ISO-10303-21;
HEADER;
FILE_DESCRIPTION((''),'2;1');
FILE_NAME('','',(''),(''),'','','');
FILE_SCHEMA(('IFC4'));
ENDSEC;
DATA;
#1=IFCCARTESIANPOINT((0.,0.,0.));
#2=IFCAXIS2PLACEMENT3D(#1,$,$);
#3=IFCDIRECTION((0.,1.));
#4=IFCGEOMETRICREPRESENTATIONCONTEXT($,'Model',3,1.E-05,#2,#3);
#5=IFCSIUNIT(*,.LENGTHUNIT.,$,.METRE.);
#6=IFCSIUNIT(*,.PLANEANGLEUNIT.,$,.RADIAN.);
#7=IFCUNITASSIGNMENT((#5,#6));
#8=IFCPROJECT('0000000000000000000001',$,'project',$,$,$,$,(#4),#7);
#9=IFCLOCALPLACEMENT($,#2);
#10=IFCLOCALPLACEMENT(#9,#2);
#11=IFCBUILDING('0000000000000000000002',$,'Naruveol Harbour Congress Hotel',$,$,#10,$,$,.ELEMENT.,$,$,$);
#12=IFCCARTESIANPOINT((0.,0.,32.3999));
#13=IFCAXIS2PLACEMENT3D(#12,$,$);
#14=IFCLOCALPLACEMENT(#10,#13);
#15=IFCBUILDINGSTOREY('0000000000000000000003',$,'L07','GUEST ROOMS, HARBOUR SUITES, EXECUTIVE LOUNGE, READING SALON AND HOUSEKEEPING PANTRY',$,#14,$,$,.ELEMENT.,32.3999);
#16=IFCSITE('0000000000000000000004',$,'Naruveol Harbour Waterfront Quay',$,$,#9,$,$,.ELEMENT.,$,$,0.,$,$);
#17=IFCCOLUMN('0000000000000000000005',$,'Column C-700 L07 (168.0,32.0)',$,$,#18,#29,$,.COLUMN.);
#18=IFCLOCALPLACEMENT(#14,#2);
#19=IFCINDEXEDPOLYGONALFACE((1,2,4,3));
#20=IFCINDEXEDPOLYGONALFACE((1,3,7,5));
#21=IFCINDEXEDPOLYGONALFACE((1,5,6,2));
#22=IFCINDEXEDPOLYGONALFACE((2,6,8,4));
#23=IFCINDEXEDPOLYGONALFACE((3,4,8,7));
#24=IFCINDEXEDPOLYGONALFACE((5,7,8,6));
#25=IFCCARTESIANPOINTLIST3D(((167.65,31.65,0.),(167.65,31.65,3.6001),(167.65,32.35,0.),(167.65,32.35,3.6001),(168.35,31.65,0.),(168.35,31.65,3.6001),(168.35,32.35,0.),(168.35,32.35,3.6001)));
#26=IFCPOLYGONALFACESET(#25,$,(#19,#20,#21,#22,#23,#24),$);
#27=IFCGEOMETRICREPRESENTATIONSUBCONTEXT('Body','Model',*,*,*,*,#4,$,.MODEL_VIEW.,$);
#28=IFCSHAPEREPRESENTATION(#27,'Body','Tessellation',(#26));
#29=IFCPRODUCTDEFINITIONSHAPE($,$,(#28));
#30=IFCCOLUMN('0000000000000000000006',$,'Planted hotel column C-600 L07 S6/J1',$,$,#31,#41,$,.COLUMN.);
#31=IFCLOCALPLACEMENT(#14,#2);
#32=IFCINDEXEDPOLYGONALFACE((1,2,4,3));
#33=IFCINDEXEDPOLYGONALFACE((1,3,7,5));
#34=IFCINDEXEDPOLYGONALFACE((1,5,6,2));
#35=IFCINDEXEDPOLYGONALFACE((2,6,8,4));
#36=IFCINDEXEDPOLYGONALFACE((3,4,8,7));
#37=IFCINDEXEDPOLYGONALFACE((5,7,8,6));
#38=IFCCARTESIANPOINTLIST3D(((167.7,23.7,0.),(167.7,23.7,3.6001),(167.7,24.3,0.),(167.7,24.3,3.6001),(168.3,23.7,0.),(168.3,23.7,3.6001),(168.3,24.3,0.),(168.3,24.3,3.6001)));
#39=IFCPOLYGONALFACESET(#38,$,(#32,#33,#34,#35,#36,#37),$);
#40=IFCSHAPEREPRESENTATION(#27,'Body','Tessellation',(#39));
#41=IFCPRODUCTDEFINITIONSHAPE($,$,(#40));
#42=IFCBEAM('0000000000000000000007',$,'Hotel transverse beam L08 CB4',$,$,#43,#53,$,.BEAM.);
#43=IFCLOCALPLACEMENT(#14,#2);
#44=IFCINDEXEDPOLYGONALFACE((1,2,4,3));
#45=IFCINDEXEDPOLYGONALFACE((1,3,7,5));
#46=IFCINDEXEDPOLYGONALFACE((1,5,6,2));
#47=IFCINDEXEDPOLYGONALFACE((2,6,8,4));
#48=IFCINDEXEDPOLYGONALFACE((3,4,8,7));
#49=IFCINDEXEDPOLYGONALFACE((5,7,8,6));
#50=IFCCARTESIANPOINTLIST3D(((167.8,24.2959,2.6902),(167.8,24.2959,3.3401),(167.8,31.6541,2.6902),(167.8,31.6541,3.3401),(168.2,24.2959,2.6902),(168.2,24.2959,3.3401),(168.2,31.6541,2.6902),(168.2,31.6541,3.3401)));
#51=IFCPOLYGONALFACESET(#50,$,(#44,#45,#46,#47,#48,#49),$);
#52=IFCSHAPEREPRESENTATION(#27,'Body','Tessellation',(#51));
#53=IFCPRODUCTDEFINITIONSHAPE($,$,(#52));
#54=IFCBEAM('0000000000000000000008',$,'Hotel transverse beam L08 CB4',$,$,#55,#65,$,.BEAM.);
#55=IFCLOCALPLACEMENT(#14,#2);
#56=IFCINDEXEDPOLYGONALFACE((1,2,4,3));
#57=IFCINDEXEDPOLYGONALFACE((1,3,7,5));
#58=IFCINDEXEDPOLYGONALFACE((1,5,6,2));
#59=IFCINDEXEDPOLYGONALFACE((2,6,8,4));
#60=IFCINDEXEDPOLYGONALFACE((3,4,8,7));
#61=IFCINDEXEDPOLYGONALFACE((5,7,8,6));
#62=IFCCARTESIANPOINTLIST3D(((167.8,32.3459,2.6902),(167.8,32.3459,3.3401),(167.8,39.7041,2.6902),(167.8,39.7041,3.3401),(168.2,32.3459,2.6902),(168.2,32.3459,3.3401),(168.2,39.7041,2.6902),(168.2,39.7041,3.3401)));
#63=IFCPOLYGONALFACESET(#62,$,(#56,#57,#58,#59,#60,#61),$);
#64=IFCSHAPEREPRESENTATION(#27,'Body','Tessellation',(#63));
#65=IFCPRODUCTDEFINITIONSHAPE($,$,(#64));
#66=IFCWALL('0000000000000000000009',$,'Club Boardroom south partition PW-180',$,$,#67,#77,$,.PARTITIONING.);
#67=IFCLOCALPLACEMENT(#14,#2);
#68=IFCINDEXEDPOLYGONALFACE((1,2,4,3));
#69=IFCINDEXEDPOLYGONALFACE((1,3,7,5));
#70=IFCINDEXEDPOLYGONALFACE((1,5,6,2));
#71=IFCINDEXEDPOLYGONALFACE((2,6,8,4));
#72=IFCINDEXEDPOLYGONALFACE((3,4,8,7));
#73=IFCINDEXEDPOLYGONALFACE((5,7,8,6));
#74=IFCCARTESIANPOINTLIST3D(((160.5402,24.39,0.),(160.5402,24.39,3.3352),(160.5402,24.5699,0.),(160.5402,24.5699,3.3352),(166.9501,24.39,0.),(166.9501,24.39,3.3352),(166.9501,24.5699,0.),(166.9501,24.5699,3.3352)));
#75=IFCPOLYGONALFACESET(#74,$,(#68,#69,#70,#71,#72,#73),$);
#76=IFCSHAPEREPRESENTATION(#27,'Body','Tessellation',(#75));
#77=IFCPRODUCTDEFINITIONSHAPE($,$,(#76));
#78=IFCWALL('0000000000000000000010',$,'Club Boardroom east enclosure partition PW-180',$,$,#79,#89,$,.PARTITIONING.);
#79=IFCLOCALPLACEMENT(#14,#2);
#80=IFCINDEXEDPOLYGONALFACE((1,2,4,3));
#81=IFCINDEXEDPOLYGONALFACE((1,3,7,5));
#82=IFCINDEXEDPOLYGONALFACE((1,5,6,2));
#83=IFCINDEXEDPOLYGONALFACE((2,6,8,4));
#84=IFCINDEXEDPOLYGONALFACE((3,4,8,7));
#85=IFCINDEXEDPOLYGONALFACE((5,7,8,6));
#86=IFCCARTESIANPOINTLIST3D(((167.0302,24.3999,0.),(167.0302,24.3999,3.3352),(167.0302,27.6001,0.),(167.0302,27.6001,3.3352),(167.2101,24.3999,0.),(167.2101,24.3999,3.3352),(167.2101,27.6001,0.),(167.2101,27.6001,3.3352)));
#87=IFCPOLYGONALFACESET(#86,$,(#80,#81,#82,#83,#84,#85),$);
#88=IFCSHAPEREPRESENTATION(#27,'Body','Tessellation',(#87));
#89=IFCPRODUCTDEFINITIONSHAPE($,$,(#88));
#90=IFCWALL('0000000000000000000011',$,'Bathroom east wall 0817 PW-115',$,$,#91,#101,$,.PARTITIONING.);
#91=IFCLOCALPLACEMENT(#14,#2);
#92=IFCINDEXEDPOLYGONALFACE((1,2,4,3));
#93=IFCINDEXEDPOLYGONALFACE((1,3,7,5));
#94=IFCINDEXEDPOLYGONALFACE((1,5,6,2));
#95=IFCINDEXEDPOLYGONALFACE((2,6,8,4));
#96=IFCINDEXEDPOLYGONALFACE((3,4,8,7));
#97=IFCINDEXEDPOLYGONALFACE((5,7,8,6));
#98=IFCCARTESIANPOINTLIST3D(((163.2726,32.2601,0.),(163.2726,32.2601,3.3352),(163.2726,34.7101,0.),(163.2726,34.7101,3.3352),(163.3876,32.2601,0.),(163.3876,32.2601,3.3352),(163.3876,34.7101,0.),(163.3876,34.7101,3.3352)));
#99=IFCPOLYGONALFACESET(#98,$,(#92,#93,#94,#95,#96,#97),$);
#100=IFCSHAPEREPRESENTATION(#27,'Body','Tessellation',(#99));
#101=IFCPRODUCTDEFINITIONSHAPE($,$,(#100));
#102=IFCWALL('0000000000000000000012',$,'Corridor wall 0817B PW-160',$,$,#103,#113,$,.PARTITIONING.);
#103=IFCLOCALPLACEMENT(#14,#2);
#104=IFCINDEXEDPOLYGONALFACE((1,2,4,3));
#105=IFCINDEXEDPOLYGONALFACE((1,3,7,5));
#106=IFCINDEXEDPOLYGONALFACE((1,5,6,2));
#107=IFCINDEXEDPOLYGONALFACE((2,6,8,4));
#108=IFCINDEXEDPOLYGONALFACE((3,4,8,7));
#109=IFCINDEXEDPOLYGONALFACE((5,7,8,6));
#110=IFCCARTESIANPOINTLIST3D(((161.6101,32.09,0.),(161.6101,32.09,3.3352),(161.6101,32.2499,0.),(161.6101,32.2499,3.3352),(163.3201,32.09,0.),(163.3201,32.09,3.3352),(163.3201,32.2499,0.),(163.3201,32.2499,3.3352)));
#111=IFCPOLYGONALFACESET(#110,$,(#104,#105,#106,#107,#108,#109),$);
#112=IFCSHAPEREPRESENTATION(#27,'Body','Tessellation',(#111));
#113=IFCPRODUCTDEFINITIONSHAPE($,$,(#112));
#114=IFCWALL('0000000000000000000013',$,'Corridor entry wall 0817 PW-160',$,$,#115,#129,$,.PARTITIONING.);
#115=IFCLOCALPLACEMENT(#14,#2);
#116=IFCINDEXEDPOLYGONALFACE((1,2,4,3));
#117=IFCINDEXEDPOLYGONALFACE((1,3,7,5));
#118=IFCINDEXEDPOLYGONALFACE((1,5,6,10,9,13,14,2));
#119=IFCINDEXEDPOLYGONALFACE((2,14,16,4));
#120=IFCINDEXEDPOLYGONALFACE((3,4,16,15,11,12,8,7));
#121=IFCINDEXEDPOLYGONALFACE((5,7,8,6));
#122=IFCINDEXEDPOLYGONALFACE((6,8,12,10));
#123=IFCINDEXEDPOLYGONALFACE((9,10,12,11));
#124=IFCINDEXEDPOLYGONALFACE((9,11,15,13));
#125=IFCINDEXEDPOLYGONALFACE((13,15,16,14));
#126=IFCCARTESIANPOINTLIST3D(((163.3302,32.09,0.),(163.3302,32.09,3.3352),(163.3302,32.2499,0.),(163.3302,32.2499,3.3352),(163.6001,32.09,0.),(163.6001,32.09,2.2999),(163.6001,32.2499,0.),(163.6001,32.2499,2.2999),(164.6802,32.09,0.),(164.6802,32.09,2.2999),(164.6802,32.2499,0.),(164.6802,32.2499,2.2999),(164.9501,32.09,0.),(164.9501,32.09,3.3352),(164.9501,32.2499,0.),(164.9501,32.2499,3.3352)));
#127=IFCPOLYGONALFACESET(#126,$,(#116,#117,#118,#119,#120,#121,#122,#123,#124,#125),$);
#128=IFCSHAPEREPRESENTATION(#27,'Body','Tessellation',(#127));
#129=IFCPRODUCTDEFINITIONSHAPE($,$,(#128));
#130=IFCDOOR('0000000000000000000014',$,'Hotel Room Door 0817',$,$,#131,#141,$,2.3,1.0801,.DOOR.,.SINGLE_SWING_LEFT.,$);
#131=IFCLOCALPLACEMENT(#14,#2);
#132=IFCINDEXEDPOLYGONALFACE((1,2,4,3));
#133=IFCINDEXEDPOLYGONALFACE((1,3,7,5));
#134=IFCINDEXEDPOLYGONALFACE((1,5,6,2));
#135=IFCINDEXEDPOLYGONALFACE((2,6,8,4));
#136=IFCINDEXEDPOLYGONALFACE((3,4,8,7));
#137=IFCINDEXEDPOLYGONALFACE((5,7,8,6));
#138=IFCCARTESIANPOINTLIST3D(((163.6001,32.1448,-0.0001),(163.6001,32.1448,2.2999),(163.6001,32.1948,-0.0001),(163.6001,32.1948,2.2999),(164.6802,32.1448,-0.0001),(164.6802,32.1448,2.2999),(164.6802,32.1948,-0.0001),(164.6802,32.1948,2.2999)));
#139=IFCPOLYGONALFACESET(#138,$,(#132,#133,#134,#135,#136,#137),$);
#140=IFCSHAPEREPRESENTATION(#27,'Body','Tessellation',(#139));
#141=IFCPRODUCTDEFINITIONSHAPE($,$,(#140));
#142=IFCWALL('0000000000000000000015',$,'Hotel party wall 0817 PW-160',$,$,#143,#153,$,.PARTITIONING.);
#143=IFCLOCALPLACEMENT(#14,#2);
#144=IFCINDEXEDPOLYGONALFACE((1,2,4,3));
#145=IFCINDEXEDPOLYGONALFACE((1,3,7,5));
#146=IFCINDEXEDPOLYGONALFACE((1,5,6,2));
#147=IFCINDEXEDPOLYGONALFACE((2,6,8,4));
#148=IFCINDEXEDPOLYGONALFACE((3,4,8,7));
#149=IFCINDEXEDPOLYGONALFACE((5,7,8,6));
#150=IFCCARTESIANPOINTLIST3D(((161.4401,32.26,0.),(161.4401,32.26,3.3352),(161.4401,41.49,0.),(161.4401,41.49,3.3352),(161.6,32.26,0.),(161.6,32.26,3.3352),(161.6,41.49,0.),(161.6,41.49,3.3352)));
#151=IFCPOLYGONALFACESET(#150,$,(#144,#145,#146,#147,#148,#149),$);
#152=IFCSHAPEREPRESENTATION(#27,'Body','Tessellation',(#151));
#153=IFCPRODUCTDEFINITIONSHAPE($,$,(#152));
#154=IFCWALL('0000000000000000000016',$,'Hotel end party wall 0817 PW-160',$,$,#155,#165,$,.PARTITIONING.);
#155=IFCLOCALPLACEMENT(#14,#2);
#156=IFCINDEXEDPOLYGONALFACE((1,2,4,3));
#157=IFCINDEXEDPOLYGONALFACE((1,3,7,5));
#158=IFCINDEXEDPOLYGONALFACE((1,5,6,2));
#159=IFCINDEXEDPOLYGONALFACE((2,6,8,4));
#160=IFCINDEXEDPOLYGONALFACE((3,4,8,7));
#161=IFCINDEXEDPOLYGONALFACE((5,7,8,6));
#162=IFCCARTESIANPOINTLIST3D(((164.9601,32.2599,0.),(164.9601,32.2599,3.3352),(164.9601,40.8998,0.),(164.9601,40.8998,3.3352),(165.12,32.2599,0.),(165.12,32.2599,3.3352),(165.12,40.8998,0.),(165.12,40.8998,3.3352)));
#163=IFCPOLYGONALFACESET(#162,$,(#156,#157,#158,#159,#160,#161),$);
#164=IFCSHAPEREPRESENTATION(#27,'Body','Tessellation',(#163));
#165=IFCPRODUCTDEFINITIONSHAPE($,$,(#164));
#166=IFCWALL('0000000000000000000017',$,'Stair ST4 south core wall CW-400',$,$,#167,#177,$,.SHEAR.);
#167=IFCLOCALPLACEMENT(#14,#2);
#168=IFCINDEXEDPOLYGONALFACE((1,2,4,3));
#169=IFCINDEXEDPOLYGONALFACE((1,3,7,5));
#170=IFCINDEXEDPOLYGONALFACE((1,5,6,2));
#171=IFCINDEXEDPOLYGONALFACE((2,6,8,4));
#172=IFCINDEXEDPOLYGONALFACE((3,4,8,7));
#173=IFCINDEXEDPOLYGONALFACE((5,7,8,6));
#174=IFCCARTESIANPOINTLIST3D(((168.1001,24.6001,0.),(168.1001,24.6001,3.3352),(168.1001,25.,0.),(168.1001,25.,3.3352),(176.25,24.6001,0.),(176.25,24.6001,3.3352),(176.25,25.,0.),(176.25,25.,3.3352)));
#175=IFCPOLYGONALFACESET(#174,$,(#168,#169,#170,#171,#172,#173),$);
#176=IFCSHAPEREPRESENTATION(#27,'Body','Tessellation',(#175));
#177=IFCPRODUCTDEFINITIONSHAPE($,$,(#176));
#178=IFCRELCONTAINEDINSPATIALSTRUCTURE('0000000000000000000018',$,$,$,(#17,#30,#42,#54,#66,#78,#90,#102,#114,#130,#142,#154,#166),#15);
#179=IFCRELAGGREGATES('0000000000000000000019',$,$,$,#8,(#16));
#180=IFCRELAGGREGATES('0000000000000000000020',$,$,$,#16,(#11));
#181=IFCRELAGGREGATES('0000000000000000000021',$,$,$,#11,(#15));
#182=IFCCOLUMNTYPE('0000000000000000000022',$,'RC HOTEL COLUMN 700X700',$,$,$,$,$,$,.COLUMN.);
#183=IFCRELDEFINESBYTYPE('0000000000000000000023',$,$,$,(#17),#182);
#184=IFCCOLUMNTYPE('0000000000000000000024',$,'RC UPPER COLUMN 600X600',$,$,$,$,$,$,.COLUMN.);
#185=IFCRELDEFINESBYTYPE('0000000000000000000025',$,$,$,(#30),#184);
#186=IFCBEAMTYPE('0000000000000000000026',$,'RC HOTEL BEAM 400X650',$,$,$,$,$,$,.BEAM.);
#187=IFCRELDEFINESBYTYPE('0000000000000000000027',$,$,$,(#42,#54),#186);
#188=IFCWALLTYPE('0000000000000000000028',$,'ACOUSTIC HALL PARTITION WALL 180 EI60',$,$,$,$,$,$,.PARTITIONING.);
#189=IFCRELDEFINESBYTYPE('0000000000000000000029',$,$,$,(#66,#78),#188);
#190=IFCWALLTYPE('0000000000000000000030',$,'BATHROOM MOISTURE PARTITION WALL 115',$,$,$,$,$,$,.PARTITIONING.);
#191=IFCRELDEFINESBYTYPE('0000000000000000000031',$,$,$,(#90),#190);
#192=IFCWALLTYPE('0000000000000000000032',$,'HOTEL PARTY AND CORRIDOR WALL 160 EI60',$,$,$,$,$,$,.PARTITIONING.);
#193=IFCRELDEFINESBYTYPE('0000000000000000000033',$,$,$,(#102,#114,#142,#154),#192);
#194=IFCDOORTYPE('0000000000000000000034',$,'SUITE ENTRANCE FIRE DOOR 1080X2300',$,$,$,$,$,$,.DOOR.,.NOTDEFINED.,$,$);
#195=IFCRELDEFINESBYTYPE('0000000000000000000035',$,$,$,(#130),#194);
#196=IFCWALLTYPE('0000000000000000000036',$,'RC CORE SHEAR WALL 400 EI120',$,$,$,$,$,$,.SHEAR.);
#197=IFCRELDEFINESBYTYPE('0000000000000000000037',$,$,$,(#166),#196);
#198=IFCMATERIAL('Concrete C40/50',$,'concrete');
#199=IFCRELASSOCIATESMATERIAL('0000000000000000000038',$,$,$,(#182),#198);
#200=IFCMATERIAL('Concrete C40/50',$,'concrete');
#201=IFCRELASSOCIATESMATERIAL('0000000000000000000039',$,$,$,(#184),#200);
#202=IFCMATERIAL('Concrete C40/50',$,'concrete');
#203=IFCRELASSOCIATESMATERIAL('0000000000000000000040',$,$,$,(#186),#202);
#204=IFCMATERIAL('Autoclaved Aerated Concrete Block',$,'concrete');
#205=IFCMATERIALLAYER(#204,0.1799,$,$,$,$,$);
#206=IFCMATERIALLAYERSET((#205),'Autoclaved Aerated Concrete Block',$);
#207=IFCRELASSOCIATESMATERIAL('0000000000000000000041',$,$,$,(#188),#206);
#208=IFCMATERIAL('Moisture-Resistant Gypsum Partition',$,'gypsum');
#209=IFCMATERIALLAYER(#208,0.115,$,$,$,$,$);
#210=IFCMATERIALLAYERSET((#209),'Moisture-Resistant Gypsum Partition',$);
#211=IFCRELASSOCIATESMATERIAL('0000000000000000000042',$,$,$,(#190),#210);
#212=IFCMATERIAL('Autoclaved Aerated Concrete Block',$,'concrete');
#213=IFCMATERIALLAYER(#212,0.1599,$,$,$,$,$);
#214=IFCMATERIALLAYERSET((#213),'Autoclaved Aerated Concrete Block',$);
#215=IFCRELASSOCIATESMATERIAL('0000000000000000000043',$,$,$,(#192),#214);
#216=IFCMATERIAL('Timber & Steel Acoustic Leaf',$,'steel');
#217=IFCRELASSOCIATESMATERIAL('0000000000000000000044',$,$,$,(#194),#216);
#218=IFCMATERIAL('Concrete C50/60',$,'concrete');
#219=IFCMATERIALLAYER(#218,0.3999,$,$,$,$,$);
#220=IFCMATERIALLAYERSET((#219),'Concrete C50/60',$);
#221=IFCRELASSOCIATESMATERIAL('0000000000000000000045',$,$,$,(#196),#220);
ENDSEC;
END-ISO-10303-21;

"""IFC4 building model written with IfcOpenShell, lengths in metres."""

from ifc_helpers import new_model, si_unit, direction, frame, frame_2d, origin, origin_2d, place, context, subcontext, project, spatial, rectangle, extrude, material, layer, layer_set, material_profile, profile_set, type_object, element, fill, save


model = new_model("IFC4")

# Units and contexts
model_context = context("Model", 3, precision=1e-05, world=origin(), true_north=direction((0.0, 1.0)))
body_context = subcontext(model_context, "Body", "Model", "MODEL_VIEW")
ifc_project = project(units=[si_unit("LENGTHUNIT", "METRE"), si_unit("PLANEANGLEUNIT", "RADIAN")], contexts=[model_context])

# Site, building, storey
site_placement = place(None, origin())
site = spatial("IfcSite", under=ifc_project, at=site_placement, Name="Naruveol Harbour Waterfront Quay", CompositionType="ELEMENT", RefElevation=0.0)
building_placement = place(site_placement, origin())
building = spatial("IfcBuilding", under=site, at=building_placement, Name="Naruveol Harbour Congress Hotel", CompositionType="ELEMENT")
storey_placement = place(building_placement, frame((0.0, 0.0, 32.3999)))
storey = spatial("IfcBuildingStorey", under=building, at=storey_placement, Name="L07", Description="GUEST ROOMS, HARBOUR SUITES, EXECUTIVE LOUNGE, READING SALON AND HOUSEKEEPING PANTRY", CompositionType="ELEMENT", Elevation=32.3999)

# Columns
ifc_material_1 = material(Name="Concrete C40/50", Category="concrete")
ifc_material_profile_1 = material_profile(ifc_material_1, rectangle(XDim=0.7, YDim=0.7, at=origin_2d()), Name="RC-700x700")
ifc_profile_set_1 = profile_set([ifc_material_profile_1], Name="Concrete C40/50")
column_type_1 = type_object("IfcColumnType", Name="RC HOTEL COLUMN 700X700", PredefinedType="COLUMN", material=ifc_profile_set_1)
column_1_placement = place(storey_placement, frame((168.0, 32.0, 0.0), z_axis=(0.0, 0.0, 1.0), x_axis=(1.0, 0.0, 0.0)))
element("IfcColumn", 1, at=column_1_placement, inside=storey, type_object=column_type_1, Name="Column C-700 L07 (168.0,32.0)", PredefinedType="COLUMN", context=body_context, shape_type="SweptSolid", body=[
    extrude(rectangle(XDim=0.7, YDim=0.7, at=origin_2d()), origin(), (0.0, 0.0, 1.0), 3.6001),
])
ifc_material_2 = material(Name="Concrete C40/50", Category="concrete")
ifc_material_profile_2 = material_profile(ifc_material_2, rectangle(XDim=0.6001, YDim=0.6001, at=origin_2d()), Name="RC-600x600")
ifc_profile_set_2 = profile_set([ifc_material_profile_2], Name="Concrete C40/50")
column_type_2 = type_object("IfcColumnType", Name="RC UPPER COLUMN 600X600", PredefinedType="COLUMN", material=ifc_profile_set_2)
column_2_placement = place(storey_placement, frame((168.0, 24.0, 0.0), z_axis=(0.0, 0.0, 1.0), x_axis=(1.0, 0.0, 0.0)))
element("IfcColumn", 2, at=column_2_placement, inside=storey, type_object=column_type_2, Name="Planted hotel column C-600 L07 S6/J1", PredefinedType="COLUMN", context=body_context, shape_type="SweptSolid", body=[
    extrude(rectangle(XDim=0.6001, YDim=0.6001, at=origin_2d()), origin(), (0.0, 0.0, 1.0), 3.6001),
])

# Beams
ifc_material_3 = material(Name="Concrete C40/50", Category="concrete")
ifc_material_profile_3 = material_profile(ifc_material_3, rectangle(XDim=0.3999, YDim=0.6499, at=origin_2d()), Name="RCB-400x650")
ifc_profile_set_3 = profile_set([ifc_material_profile_3], Name="Concrete C40/50")
beam_type = type_object("IfcBeamType", Name="RC HOTEL BEAM 400X650", PredefinedType="BEAM", material=ifc_profile_set_3)
for number, where, z_axis, x_axis, name in (
    (3, (168.0, 24.2959, 3.0151), (0.0, 1.0, 0.0), (-1.0, 0.0, 0.0), "Hotel transverse beam L08 CB4"),
    (4, (168.0, 32.3459, 3.0151), (0.0, 1.0, 0.0), (-1.0, 0.0, 0.0), "Hotel transverse beam L08 CB4"),
):
    element("IfcBeam", number, at=place(storey_placement, frame(where, z_axis=z_axis, x_axis=x_axis)), inside=storey, type_object=beam_type, Name=name, PredefinedType="BEAM", context=body_context, shape_type="SweptSolid", body=[
        extrude(rectangle(XDim=0.3999, YDim=0.6499, at=origin_2d()), origin(), (0.0, 0.0, 1.0), 7.3582),
    ])

# Walls
ifc_material_4 = material(Name="Autoclaved Aerated Concrete Block", Category="concrete")
ifc_layer_1 = layer(ifc_material_4, 0.1799)
ifc_layer_set_1 = layer_set([ifc_layer_1], Name="Autoclaved Aerated Concrete Block")
wall_type_1 = type_object("IfcWallType", Name="ACOUSTIC HALL PARTITION WALL 180 EI60", PredefinedType="PARTITIONING", material=ifc_layer_set_1)
wall_1_placement = place(storey_placement, frame((160.54, 24.48, 0.0), z_axis=(0.0, 0.0, 1.0), x_axis=(1.0, 0.0, 0.0)))
element("IfcWall", 5, at=wall_1_placement, inside=storey, type_object=wall_type_1, Name="Club Boardroom south partition PW-180", PredefinedType="PARTITIONING", context=body_context, shape_type="SweptSolid", body=[
    extrude(rectangle(XDim=6.4099, YDim=0.1799, at=frame_2d((3.2051, 0.0))), origin(), (0.0, 0.0, 1.0), 3.3352),
])
wall_2_placement = place(storey_placement, frame((167.1201, 24.3999, 0.0), z_axis=(0.0, 0.0, 1.0), x_axis=(0.0, 1.0, 0.0)))
element("IfcWall", 6, at=wall_2_placement, inside=storey, type_object=wall_type_1, Name="Club Boardroom east enclosure partition PW-180", PredefinedType="PARTITIONING", context=body_context, shape_type="SweptSolid", body=[
    extrude(rectangle(XDim=3.2002, YDim=0.1799, at=frame_2d((1.6001, 0.0))), origin(), (0.0, 0.0, 1.0), 3.3352),
])
ifc_material_5 = material(Name="Moisture-Resistant Gypsum Partition", Category="gypsum")
ifc_layer_2 = layer(ifc_material_5, 0.115)
ifc_layer_set_2 = layer_set([ifc_layer_2], Name="Moisture-Resistant Gypsum Partition")
wall_type_2 = type_object("IfcWallType", Name="BATHROOM MOISTURE PARTITION WALL 115", PredefinedType="PARTITIONING", material=ifc_layer_set_2)
wall_3_placement = place(storey_placement, frame((163.3301, 32.26, 0.0), z_axis=(0.0, 0.0, 1.0), x_axis=(0.0, 1.0, 0.0)))
element("IfcWall", 7, at=wall_3_placement, inside=storey, type_object=wall_type_2, Name="Bathroom east wall 0817 PW-115", PredefinedType="PARTITIONING", context=body_context, shape_type="SweptSolid", body=[
    extrude(rectangle(XDim=2.45, YDim=0.115, at=frame_2d((1.2251, 0.0))), origin(), (0.0, 0.0, 1.0), 3.3352),
])
ifc_material_6 = material(Name="Autoclaved Aerated Concrete Block", Category="concrete")
ifc_layer_3 = layer(ifc_material_6, 0.1599)
ifc_layer_set_3 = layer_set([ifc_layer_3], Name="Autoclaved Aerated Concrete Block")
wall_type_3 = type_object("IfcWallType", Name="HOTEL PARTY AND CORRIDOR WALL 160 EI60", PredefinedType="PARTITIONING", material=ifc_layer_set_3)
wall_4_placement = place(storey_placement, frame((161.6101, 32.1699, 0.0), z_axis=(0.0, 0.0, 1.0), x_axis=(1.0, 0.0, 0.0)))
element("IfcWall", 8, at=wall_4_placement, inside=storey, type_object=wall_type_3, Name="Corridor wall 0817B PW-160", PredefinedType="PARTITIONING", context=body_context, shape_type="SweptSolid", body=[
    extrude(rectangle(XDim=1.71, YDim=0.1599, at=frame_2d((0.855, 0.0))), origin(), (0.0, 0.0, 1.0), 3.3352),
])

# Wall, opening, door
wall_5_placement = place(storey_placement, frame((163.3301, 32.1699, 0.0), z_axis=(0.0, 0.0, 1.0), x_axis=(1.0, 0.0, 0.0)))
wall_5 = element("IfcWall", 9, at=wall_5_placement, inside=storey, type_object=wall_type_3, Name="Corridor entry wall 0817 PW-160", PredefinedType="PARTITIONING", context=body_context, shape_type="SweptSolid", body=[
    extrude(rectangle(XDim=1.6199, YDim=0.1599, at=frame_2d((0.8101, 0.0))), origin(), (0.0, 0.0, 1.0), 3.3352),
])
opening_1_placement = place(wall_5_placement, frame((0.27, 0.0, 0.0)))
opening_1 = element("IfcOpeningElement", 10, at=opening_1_placement, cuts=wall_5, PredefinedType="OPENING", context=body_context, shape_type="SweptSolid", body=[
    extrude(rectangle(XDim=1.0801, YDim=2.3, at=frame_2d((0.54, 1.1499))), frame((0.0, 0.0898, 0.0), z_axis=(0.0, -1.0, 0.0), x_axis=(1.0, 0.0, 0.0)), (0.0, 0.0, 1.0), 0.1799),
])
ifc_material_7 = material(Name="Timber & Steel Acoustic Leaf", Category="steel")
door_type_1 = type_object("IfcDoorType", Name="SUITE ENTRANCE FIRE DOOR 1080X2300", OperationType="NOTDEFINED", PredefinedType="DOOR", material=ifc_material_7)
door_1_placement = place(opening_1_placement, origin())
door_1 = element("IfcDoor", 11, at=door_1_placement, inside=storey, type_object=door_type_1, Name="Hotel Room Door 0817", OperationType="SINGLE_SWING_LEFT", OverallHeight=2.3, OverallWidth=1.0801, PredefinedType="DOOR", context=body_context, shape_type="SweptSolid", body=[
    extrude(rectangle(XDim=1.0801, YDim=2.3, at=frame_2d((0.54, 1.1499))), frame((0.0, 0.0249, 0.0), z_axis=(0.0, -1.0, 0.0), x_axis=(1.0, 0.0, 0.0)), (0.0, 0.0, 1.0), 0.05),
])
fill(opening_1, door_1)

# Walls
wall_6_placement = place(storey_placement, frame((161.52, 32.26, 0.0), z_axis=(0.0, 0.0, 1.0), x_axis=(0.0, 1.0, 0.0)))
element("IfcWall", 12, at=wall_6_placement, inside=storey, type_object=wall_type_3, Name="Hotel party wall 0817 PW-160", PredefinedType="PARTITIONING", context=body_context, shape_type="SweptSolid", body=[
    extrude(rectangle(XDim=9.23, YDim=0.1599, at=frame_2d((4.615, 0.0))), origin(), (0.0, 0.0, 1.0), 3.3352),
])
wall_7_placement = place(storey_placement, frame((165.04, 32.26, 0.0), z_axis=(0.0, 0.0, 1.0), x_axis=(0.0, 1.0, 0.0)))
element("IfcWall", 13, at=wall_7_placement, inside=storey, type_object=wall_type_3, Name="Hotel end party wall 0817 PW-160", PredefinedType="PARTITIONING", context=body_context, shape_type="SweptSolid", body=[
    extrude(rectangle(XDim=8.6399, YDim=0.1599, at=frame_2d((4.3198, 0.0))), origin(), (0.0, 0.0, 1.0), 3.3352),
])
ifc_material_8 = material(Name="Concrete C50/60", Category="concrete")
ifc_layer_4 = layer(ifc_material_8, 0.3999)
ifc_layer_set_4 = layer_set([ifc_layer_4], Name="Concrete C50/60")
wall_type_4 = type_object("IfcWallType", Name="RC CORE SHEAR WALL 400 EI120", PredefinedType="SHEAR", material=ifc_layer_set_4)
wall_8_placement = place(storey_placement, frame((168.1001, 24.8, 0.0), z_axis=(0.0, 0.0, 1.0), x_axis=(1.0, 0.0, 0.0)))
element("IfcWall", 14, at=wall_8_placement, inside=storey, type_object=wall_type_4, Name="Stair ST4 south core wall CW-400", PredefinedType="SHEAR", context=body_context, shape_type="SweptSolid", body=[
    extrude(rectangle(XDim=8.1499, YDim=0.3999, at=frame_2d((4.075, 0.0))), origin(), (0.0, 0.0, 1.0), 3.3352),
])

save(model, "model.ifc")
